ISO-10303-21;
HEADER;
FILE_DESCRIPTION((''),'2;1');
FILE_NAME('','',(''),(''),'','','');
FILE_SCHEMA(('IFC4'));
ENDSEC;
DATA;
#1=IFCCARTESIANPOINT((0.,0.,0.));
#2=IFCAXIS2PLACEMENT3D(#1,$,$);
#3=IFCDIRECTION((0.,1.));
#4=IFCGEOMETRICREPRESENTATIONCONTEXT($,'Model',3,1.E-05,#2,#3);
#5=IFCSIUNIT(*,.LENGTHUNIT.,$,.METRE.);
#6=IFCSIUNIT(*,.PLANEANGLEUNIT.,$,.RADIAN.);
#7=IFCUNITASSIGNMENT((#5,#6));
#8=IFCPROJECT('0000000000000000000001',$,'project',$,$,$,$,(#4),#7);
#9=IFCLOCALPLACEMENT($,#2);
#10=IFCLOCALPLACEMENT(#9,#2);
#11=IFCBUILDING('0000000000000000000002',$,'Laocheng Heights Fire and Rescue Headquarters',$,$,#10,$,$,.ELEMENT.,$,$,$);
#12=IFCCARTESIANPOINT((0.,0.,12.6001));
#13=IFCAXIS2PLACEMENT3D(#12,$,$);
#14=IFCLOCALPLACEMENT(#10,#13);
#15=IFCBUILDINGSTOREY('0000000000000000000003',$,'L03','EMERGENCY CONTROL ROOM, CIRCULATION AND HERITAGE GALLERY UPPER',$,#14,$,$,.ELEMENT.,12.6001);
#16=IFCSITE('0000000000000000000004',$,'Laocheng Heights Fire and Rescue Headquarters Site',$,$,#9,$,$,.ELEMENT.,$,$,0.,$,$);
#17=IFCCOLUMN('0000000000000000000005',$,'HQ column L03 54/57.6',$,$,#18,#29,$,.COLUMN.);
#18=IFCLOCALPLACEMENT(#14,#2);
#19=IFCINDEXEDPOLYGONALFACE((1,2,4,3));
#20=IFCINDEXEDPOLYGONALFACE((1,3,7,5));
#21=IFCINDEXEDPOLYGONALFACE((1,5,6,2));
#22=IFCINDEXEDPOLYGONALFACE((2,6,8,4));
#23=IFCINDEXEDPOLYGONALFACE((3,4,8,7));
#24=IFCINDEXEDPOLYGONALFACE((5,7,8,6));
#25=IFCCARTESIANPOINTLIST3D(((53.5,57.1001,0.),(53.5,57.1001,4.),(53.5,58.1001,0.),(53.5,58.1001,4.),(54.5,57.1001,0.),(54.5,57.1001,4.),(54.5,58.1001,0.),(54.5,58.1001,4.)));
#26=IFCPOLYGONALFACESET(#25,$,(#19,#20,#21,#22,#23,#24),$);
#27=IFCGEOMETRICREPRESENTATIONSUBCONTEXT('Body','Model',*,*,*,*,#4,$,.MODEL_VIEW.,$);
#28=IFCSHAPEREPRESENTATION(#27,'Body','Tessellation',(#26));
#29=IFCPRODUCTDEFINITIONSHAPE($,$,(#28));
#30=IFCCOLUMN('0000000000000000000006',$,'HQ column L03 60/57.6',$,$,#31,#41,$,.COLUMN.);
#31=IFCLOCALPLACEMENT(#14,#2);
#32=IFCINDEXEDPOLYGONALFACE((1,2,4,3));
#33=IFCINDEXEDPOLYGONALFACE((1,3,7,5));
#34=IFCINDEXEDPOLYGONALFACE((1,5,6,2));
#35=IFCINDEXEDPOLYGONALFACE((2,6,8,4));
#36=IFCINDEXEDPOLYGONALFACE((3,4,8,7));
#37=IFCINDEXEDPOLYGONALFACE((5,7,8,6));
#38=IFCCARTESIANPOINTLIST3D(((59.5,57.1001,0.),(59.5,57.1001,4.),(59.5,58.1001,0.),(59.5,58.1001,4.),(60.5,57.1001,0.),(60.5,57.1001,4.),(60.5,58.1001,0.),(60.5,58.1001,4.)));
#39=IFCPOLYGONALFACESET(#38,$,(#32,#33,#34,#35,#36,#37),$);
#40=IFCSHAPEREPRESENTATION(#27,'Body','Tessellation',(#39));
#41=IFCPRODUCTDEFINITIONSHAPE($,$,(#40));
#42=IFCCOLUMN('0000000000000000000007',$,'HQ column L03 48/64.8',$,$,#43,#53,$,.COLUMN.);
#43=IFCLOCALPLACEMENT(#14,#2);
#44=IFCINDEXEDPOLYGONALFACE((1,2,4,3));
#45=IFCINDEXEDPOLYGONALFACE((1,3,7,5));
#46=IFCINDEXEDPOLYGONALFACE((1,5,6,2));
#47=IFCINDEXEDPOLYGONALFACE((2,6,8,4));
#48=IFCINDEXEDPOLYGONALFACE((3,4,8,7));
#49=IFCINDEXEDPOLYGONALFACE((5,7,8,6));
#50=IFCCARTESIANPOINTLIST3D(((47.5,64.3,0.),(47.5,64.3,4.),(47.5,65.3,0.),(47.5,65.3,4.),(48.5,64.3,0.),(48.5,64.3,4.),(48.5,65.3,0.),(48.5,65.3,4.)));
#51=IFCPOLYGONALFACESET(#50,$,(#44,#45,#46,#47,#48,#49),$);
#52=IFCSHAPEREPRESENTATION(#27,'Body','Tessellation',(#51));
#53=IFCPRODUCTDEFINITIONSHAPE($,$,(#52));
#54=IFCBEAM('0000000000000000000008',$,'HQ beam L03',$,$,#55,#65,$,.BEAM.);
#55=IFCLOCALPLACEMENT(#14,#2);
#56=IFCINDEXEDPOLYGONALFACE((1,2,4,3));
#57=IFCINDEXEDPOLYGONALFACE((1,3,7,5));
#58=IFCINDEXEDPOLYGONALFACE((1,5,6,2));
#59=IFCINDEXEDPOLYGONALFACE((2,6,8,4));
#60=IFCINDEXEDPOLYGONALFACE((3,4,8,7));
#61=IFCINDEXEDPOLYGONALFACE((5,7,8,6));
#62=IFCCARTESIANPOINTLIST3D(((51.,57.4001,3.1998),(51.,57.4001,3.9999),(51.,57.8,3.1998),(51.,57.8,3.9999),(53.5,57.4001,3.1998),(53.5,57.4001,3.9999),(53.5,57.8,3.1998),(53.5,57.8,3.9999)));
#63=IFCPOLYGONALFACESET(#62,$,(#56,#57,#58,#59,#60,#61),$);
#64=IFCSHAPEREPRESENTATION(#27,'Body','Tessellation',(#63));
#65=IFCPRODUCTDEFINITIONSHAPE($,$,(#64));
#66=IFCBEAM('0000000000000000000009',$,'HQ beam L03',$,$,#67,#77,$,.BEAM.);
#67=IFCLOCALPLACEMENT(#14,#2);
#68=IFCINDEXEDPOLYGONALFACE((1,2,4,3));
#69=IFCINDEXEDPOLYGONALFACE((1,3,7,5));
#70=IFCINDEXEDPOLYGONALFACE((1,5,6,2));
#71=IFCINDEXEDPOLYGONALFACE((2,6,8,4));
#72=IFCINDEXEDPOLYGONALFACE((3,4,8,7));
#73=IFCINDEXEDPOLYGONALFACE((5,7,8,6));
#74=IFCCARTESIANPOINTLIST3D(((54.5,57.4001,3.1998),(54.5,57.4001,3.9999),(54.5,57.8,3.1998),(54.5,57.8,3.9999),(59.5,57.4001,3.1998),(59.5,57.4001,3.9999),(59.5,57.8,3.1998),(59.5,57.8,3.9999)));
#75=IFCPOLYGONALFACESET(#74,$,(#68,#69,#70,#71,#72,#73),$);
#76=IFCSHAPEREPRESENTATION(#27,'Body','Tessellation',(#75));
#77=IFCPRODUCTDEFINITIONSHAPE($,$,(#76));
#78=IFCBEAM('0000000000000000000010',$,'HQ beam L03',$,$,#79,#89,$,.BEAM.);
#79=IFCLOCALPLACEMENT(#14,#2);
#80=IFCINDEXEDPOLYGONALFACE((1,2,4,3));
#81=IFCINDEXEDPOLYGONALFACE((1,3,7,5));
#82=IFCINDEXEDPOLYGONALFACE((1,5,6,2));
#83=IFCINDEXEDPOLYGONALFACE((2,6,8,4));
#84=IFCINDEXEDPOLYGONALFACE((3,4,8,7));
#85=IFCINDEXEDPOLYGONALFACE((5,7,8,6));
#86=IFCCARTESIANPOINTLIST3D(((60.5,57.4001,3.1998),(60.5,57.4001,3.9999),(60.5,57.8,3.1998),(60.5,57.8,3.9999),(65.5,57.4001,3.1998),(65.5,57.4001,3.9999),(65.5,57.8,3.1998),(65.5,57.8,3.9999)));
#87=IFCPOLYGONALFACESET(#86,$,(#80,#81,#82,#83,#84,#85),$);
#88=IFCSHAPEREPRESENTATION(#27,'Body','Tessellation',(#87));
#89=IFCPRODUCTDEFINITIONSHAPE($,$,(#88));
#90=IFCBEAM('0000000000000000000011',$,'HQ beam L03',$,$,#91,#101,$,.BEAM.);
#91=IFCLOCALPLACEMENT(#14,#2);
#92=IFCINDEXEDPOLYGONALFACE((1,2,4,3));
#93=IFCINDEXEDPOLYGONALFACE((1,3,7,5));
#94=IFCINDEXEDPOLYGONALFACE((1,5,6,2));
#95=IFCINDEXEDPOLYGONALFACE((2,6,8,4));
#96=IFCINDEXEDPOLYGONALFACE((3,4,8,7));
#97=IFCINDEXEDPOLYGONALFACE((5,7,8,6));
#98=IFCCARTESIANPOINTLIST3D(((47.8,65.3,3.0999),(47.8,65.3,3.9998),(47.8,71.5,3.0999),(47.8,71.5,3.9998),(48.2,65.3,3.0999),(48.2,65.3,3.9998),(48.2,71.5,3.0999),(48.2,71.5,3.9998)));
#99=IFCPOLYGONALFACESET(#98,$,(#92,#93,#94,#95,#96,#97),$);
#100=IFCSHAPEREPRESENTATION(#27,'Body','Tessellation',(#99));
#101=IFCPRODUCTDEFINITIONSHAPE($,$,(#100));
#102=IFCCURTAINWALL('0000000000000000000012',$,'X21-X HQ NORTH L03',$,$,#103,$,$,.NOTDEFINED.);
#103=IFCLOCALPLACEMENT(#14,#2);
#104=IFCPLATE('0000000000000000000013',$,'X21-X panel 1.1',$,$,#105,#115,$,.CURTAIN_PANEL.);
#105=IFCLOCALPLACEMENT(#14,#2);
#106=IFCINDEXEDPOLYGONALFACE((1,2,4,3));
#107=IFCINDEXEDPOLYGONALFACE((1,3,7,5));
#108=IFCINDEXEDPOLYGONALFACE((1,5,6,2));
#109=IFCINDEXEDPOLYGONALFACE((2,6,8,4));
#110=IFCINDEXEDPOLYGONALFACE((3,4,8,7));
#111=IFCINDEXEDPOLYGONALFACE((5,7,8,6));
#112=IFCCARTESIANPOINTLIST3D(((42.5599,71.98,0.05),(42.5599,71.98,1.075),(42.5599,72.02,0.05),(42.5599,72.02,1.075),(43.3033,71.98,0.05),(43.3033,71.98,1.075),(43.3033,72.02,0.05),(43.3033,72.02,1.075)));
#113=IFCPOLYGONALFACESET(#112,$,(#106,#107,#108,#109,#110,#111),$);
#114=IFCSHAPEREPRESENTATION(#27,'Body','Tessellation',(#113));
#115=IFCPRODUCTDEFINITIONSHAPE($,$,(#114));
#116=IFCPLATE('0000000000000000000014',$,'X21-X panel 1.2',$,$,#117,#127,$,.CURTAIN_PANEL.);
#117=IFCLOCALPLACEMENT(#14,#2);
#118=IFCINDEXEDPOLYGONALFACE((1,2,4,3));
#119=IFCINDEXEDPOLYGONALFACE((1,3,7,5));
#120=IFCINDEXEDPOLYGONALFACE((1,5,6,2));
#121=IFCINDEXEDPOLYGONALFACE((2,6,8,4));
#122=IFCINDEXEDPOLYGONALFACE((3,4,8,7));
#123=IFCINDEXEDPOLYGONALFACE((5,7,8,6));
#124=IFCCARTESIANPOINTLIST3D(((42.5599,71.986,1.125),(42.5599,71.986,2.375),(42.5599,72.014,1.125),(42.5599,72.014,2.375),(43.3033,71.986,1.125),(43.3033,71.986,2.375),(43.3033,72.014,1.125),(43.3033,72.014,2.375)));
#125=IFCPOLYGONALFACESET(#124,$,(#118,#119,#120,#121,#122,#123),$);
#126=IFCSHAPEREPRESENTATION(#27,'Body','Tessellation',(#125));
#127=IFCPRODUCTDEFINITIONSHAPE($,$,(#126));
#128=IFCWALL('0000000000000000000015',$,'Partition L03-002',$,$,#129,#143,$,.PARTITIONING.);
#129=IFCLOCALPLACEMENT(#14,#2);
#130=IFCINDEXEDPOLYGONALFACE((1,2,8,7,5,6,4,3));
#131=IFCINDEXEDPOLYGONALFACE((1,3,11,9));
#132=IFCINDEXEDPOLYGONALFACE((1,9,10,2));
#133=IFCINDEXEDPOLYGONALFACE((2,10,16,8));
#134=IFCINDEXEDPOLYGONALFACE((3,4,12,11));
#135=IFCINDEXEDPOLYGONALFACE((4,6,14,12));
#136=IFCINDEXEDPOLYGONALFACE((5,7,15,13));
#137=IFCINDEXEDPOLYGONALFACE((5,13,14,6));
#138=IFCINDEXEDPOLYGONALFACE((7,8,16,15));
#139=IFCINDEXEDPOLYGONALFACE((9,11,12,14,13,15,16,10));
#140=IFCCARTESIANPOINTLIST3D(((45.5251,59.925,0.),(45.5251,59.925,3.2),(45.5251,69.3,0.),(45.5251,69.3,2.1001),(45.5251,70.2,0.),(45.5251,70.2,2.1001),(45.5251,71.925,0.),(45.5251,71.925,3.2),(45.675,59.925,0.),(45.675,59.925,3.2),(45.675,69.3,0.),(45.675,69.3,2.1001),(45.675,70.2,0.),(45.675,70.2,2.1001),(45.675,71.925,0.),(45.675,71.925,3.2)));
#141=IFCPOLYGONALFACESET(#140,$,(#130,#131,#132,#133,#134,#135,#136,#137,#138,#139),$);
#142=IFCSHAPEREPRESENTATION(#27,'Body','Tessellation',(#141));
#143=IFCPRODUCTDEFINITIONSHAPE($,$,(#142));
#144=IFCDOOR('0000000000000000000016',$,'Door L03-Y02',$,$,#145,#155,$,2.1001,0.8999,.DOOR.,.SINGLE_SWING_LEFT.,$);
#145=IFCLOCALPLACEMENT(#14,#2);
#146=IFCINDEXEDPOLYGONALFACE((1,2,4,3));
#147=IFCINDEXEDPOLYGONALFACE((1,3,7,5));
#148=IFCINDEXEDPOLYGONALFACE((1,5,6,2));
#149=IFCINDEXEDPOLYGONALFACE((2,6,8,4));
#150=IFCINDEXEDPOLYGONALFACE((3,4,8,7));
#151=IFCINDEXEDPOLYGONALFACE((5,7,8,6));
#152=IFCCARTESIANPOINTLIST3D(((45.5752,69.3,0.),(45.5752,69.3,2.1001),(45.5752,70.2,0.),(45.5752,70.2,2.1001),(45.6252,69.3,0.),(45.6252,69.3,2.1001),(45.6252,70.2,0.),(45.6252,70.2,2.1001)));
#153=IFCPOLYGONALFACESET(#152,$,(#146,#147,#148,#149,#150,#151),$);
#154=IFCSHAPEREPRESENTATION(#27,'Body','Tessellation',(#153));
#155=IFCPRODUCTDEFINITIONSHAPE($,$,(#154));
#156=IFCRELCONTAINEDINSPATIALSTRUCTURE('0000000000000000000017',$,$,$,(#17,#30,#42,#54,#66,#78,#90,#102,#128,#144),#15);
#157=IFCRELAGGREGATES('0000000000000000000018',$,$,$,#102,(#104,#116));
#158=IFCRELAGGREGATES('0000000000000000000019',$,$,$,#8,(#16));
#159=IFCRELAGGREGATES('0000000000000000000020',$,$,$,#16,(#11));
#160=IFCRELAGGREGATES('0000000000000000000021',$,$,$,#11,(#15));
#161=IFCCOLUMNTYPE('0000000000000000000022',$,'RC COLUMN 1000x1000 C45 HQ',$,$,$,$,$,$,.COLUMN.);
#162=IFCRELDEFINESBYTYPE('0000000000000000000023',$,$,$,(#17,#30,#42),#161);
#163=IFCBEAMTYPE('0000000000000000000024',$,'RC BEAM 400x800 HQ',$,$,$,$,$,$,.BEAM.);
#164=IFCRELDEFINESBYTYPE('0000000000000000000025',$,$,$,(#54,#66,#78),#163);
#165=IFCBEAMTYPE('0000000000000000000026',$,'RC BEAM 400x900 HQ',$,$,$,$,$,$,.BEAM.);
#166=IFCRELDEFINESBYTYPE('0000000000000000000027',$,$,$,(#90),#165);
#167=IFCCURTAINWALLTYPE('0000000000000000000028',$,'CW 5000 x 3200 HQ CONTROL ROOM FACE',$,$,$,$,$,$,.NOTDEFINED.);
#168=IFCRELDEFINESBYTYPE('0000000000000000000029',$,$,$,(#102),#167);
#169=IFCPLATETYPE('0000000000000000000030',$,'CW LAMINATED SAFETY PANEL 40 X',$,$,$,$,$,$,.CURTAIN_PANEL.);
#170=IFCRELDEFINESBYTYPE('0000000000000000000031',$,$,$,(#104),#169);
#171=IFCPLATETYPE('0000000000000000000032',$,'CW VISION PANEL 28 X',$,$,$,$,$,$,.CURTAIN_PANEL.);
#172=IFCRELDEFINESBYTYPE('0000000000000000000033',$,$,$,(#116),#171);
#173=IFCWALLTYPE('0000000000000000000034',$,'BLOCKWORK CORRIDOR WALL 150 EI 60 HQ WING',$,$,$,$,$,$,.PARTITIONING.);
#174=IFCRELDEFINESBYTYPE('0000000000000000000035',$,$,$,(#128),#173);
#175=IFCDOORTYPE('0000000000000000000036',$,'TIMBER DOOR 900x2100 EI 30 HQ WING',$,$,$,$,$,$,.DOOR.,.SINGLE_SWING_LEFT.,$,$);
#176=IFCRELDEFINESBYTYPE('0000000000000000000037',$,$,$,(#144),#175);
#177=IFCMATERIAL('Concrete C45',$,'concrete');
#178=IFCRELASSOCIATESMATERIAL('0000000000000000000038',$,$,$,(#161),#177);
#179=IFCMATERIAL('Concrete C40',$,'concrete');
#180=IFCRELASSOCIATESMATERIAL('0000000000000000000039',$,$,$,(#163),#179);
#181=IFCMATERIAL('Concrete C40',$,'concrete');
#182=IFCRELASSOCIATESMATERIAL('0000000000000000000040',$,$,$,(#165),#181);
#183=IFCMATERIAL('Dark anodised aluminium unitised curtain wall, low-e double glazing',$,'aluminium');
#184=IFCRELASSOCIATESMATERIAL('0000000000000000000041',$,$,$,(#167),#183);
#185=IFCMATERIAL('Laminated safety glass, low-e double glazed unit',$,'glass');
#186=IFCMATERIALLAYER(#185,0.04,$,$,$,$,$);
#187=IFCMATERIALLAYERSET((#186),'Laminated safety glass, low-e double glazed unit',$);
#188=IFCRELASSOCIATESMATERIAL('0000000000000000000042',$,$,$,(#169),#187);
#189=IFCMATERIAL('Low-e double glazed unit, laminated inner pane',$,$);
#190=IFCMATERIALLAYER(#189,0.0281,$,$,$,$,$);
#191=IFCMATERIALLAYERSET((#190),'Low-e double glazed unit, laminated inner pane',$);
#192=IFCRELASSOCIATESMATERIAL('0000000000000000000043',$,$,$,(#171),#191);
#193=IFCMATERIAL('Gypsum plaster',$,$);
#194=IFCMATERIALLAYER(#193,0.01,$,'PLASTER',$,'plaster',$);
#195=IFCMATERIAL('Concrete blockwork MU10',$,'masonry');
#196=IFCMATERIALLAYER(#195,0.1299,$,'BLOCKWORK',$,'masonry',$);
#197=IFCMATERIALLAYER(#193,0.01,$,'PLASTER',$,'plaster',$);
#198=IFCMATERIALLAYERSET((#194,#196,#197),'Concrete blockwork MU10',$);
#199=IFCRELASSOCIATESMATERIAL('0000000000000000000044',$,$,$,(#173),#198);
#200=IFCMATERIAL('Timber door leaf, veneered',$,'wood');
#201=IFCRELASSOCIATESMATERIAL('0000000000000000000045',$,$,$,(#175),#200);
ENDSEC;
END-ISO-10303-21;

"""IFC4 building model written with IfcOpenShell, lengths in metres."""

from ifc_helpers import new_model, si_unit, direction, frame, frame_2d, origin, origin_2d, place, context, subcontext, project, spatial, rectangle, extrude, material, layer, layer_set, material_profile, profile_set, type_object, element, fill, aggregate, save


model = new_model("IFC4")

# Units and contexts
model_context = context("Model", 3, precision=1e-05, world=origin(), true_north=direction((0.0, 1.0)))
body_context = subcontext(model_context, "Body", "Model", "MODEL_VIEW")
ifc_project = project(units=[si_unit("LENGTHUNIT", "METRE"), si_unit("PLANEANGLEUNIT", "RADIAN")], contexts=[model_context])

# Site, building, storey
site_placement = place(None, origin())
site = spatial("IfcSite", under=ifc_project, at=site_placement, Name="Laocheng Heights Fire and Rescue Headquarters Site", CompositionType="ELEMENT", RefElevation=0.0)
building_placement = place(site_placement, origin())
building = spatial("IfcBuilding", under=site, at=building_placement, Name="Laocheng Heights Fire and Rescue Headquarters", CompositionType="ELEMENT")
storey_placement = place(building_placement, frame((0.0, 0.0, 12.6001)))
storey = spatial("IfcBuildingStorey", under=building, at=storey_placement, Name="L03", Description="EMERGENCY CONTROL ROOM, CIRCULATION AND HERITAGE GALLERY UPPER", CompositionType="ELEMENT", Elevation=12.6001)

# Columns
ifc_material_1 = material(Name="Concrete C45", Category="concrete")
ifc_material_profile_1 = material_profile(ifc_material_1, rectangle(XDim=1.0, YDim=1.0, at=origin_2d()), Name="RC COLUMN 1000x1000 C45 HQ")
ifc_profile_set_1 = profile_set([ifc_material_profile_1], Name="Concrete C45")
column_type = type_object("IfcColumnType", Name="RC COLUMN 1000x1000 C45 HQ", PredefinedType="COLUMN", material=ifc_profile_set_1)
for number, where, z_axis, x_axis, name in (
    (1, (54.0, 57.6001, 0.0), (0.0, 0.0, 1.0), (1.0, 0.0, 0.0), "HQ column L03 54/57.6"),
    (2, (60.0, 57.6001, 0.0), (0.0, 0.0, 1.0), (1.0, 0.0, 0.0), "HQ column L03 60/57.6"),
    (3, (48.0, 64.8, 0.0), (0.0, 0.0, 1.0), (1.0, 0.0, 0.0), "HQ column L03 48/64.8"),
):
    element("IfcColumn", number, at=place(storey_placement, frame(where, z_axis=z_axis, x_axis=x_axis)), inside=storey, type_object=column_type, Name=name, PredefinedType="COLUMN", context=body_context, shape_type="SweptSolid", body=[
        extrude(rectangle(XDim=1.0, YDim=1.0, at=origin_2d()), origin(), (0.0, 0.0, 1.0), 4.0),
    ])

# Beams
ifc_material_2 = material(Name="Concrete C40", Category="concrete")
ifc_material_profile_2 = material_profile(ifc_material_2, rectangle(XDim=0.3999, YDim=0.8, at=origin_2d()), Name="RC BEAM 400x800 HQ")
ifc_profile_set_2 = profile_set([ifc_material_profile_2], Name="Concrete C40")
beam_type_1 = type_object("IfcBeamType", Name="RC BEAM 400x800 HQ", PredefinedType="BEAM", material=ifc_profile_set_2)
beam_1_placement = place(storey_placement, frame((51.0, 57.6001, 3.5999), z_axis=(1.0, 0.0, 0.0), x_axis=(0.0, 1.0, 0.0)))
element("IfcBeam", 4, at=beam_1_placement, inside=storey, type_object=beam_type_1, Name="HQ beam L03", PredefinedType="BEAM", context=body_context, shape_type="SweptSolid", body=[
    extrude(rectangle(XDim=0.3999, YDim=0.8, at=origin_2d()), origin(), (0.0, 0.0, 1.0), 2.5),
])
for number, where, z_axis, x_axis, name in (
    (5, (54.5, 57.6001, 3.5999), (1.0, 0.0, 0.0), (0.0, 1.0, 0.0), "HQ beam L03"),
    (6, (60.5, 57.6001, 3.5999), (1.0, 0.0, 0.0), (0.0, 1.0, 0.0), "HQ beam L03"),
):
    element("IfcBeam", number, at=place(storey_placement, frame(where, z_axis=z_axis, x_axis=x_axis)), inside=storey, type_object=beam_type_1, Name=name, PredefinedType="BEAM", context=body_context, shape_type="SweptSolid", body=[
        extrude(rectangle(XDim=0.3999, YDim=0.8, at=origin_2d()), origin(), (0.0, 0.0, 1.0), 5.0),
    ])
ifc_material_3 = material(Name="Concrete C40", Category="concrete")
ifc_material_profile_3 = material_profile(ifc_material_3, rectangle(XDim=0.3999, YDim=0.8999, at=origin_2d()), Name="RC BEAM 400x900 HQ")
ifc_profile_set_3 = profile_set([ifc_material_profile_3], Name="Concrete C40")
beam_type_2 = type_object("IfcBeamType", Name="RC BEAM 400x900 HQ", PredefinedType="BEAM", material=ifc_profile_set_3)
beam_2_placement = place(storey_placement, frame((48.0, 65.3, 3.5498), z_axis=(0.0, 1.0, 0.0), x_axis=(-1.0, 0.0, 0.0)))
element("IfcBeam", 7, at=beam_2_placement, inside=storey, type_object=beam_type_2, Name="HQ beam L03", PredefinedType="BEAM", context=body_context, shape_type="SweptSolid", body=[
    extrude(rectangle(XDim=0.3999, YDim=0.8999, at=origin_2d()), origin(), (0.0, 0.0, 1.0), 6.2),
])

# Curtain wall, plates
ifc_material_4 = material(Name="Dark anodised aluminium unitised curtain wall, low-e double glazing", Category="aluminium")
curtain_wall_type = type_object("IfcCurtainWallType", Name="CW 5000 x 3200 HQ CONTROL ROOM FACE", PredefinedType="NOTDEFINED", material=ifc_material_4)
curtain_wall_placement = place(storey_placement, origin())
curtain_wall = element("IfcCurtainWall", 8, at=curtain_wall_placement, inside=storey, type_object=curtain_wall_type, Name="X21-X HQ NORTH L03", PredefinedType="NOTDEFINED")
ifc_material_5 = material(Name="Laminated safety glass, low-e double glazed unit", Category="glass")
ifc_layer_1 = layer(ifc_material_5, 0.04)
ifc_layer_set_1 = layer_set([ifc_layer_1], Name="Laminated safety glass, low-e double glazed unit")
plate_type_1 = type_object("IfcPlateType", Name="CW LAMINATED SAFETY PANEL 40 X", PredefinedType="CURTAIN_PANEL", material=ifc_layer_set_1)
plate_1_placement = place(storey_placement, frame((42.9316, 72.0, 0.05), z_axis=(0.0, 0.0, 1.0), x_axis=(1.0, 0.0, 0.0)))
plate_1 = element("IfcPlate", 9, at=plate_1_placement, type_object=plate_type_1, Name="X21-X panel 1.1", PredefinedType="CURTAIN_PANEL", context=body_context, shape_type="SweptSolid", body=[
    extrude(rectangle(XDim=0.7434, YDim=0.04, at=origin_2d()), origin(), (0.0, 0.0, 1.0), 1.0249),
])
ifc_material_6 = material(Name="Low-e double glazed unit, laminated inner pane")
ifc_layer_2 = layer(ifc_material_6, 0.0281)
ifc_layer_set_2 = layer_set([ifc_layer_2], Name="Low-e double glazed unit, laminated inner pane")
plate_type_2 = type_object("IfcPlateType", Name="CW VISION PANEL 28 X", PredefinedType="CURTAIN_PANEL", material=ifc_layer_set_2)
plate_2_placement = place(storey_placement, frame((42.9316, 72.0, 1.125), z_axis=(0.0, 0.0, 1.0), x_axis=(1.0, 0.0, 0.0)))
plate_2 = element("IfcPlate", 10, at=plate_2_placement, type_object=plate_type_2, Name="X21-X panel 1.2", PredefinedType="CURTAIN_PANEL", context=body_context, shape_type="SweptSolid", body=[
    extrude(rectangle(XDim=0.7434, YDim=0.0281, at=origin_2d()), origin(), (0.0, 0.0, 1.0), 1.25),
])
aggregate(curtain_wall, [plate_1, plate_2])

# Wall, opening, door
ifc_material_7 = material(Name="Gypsum plaster")
ifc_layer_3 = layer(ifc_material_7, 0.01, Name="PLASTER", Category="plaster")
ifc_material_8 = material(Name="Concrete blockwork MU10", Category="masonry")
ifc_layer_4 = layer(ifc_material_8, 0.1299, Name="BLOCKWORK", Category="masonry")
ifc_layer_5 = layer(ifc_material_7, 0.01, Name="PLASTER", Category="plaster")
ifc_layer_set_3 = layer_set([ifc_layer_3, ifc_layer_4, ifc_layer_5], Name="Concrete blockwork MU10")
wall_type_1 = type_object("IfcWallType", Name="BLOCKWORK CORRIDOR WALL 150 EI 60 HQ WING", PredefinedType="PARTITIONING", material=ifc_layer_set_3)
wall_1_placement = place(storey_placement, frame((45.6001, 59.925, 0.0), z_axis=(0.0, 0.0, 1.0), x_axis=(0.0, 1.0, 0.0)))
wall_1 = element("IfcWall", 11, at=wall_1_placement, inside=storey, type_object=wall_type_1, Name="Partition L03-002", PredefinedType="PARTITIONING", context=body_context, shape_type="SweptSolid", body=[
    extrude(rectangle(XDim=12.0, YDim=0.1499, at=frame_2d((6.0, 0.0))), origin(), (0.0, 0.0, 1.0), 3.2),
])
opening_1_placement = place(wall_1_placement, frame((9.375, 0.0, 0.0)))
opening_1 = element("IfcOpeningElement", 12, at=opening_1_placement, cuts=wall_1, PredefinedType="OPENING", context=body_context, shape_type="SweptSolid", body=[
    extrude(rectangle(XDim=0.8999, YDim=2.1001, at=frame_2d((0.45, 1.05))), frame((0.0, 0.085, 0.0), z_axis=(0.0, -1.0, 0.0), x_axis=(1.0, 0.0, 0.0)), (0.0, 0.0, 1.0), 0.1699),
])
ifc_material_9 = material(Name="Timber door leaf, veneered", Category="wood")
door_type_1 = type_object("IfcDoorType", Name="TIMBER DOOR 900x2100 EI 30 HQ WING", OperationType="SINGLE_SWING_LEFT", PredefinedType="DOOR", material=ifc_material_9)
door_1_placement = place(opening_1_placement, origin())
door_1 = element("IfcDoor", 13, at=door_1_placement, inside=storey, type_object=door_type_1, Name="Door L03-Y02", OperationType="SINGLE_SWING_LEFT", OverallHeight=2.1001, OverallWidth=0.8999, PredefinedType="DOOR", context=body_context, shape_type="SweptSolid", body=[
    extrude(rectangle(XDim=0.8999, YDim=2.1001, at=frame_2d((0.45, 1.05))), frame((0.0, 0.0249, 0.0), z_axis=(0.0, -1.0, 0.0), x_axis=(1.0, 0.0, 0.0)), (0.0, 0.0, 1.0), 0.05),
])
fill(opening_1, door_1)

save(model, "model.ifc")
